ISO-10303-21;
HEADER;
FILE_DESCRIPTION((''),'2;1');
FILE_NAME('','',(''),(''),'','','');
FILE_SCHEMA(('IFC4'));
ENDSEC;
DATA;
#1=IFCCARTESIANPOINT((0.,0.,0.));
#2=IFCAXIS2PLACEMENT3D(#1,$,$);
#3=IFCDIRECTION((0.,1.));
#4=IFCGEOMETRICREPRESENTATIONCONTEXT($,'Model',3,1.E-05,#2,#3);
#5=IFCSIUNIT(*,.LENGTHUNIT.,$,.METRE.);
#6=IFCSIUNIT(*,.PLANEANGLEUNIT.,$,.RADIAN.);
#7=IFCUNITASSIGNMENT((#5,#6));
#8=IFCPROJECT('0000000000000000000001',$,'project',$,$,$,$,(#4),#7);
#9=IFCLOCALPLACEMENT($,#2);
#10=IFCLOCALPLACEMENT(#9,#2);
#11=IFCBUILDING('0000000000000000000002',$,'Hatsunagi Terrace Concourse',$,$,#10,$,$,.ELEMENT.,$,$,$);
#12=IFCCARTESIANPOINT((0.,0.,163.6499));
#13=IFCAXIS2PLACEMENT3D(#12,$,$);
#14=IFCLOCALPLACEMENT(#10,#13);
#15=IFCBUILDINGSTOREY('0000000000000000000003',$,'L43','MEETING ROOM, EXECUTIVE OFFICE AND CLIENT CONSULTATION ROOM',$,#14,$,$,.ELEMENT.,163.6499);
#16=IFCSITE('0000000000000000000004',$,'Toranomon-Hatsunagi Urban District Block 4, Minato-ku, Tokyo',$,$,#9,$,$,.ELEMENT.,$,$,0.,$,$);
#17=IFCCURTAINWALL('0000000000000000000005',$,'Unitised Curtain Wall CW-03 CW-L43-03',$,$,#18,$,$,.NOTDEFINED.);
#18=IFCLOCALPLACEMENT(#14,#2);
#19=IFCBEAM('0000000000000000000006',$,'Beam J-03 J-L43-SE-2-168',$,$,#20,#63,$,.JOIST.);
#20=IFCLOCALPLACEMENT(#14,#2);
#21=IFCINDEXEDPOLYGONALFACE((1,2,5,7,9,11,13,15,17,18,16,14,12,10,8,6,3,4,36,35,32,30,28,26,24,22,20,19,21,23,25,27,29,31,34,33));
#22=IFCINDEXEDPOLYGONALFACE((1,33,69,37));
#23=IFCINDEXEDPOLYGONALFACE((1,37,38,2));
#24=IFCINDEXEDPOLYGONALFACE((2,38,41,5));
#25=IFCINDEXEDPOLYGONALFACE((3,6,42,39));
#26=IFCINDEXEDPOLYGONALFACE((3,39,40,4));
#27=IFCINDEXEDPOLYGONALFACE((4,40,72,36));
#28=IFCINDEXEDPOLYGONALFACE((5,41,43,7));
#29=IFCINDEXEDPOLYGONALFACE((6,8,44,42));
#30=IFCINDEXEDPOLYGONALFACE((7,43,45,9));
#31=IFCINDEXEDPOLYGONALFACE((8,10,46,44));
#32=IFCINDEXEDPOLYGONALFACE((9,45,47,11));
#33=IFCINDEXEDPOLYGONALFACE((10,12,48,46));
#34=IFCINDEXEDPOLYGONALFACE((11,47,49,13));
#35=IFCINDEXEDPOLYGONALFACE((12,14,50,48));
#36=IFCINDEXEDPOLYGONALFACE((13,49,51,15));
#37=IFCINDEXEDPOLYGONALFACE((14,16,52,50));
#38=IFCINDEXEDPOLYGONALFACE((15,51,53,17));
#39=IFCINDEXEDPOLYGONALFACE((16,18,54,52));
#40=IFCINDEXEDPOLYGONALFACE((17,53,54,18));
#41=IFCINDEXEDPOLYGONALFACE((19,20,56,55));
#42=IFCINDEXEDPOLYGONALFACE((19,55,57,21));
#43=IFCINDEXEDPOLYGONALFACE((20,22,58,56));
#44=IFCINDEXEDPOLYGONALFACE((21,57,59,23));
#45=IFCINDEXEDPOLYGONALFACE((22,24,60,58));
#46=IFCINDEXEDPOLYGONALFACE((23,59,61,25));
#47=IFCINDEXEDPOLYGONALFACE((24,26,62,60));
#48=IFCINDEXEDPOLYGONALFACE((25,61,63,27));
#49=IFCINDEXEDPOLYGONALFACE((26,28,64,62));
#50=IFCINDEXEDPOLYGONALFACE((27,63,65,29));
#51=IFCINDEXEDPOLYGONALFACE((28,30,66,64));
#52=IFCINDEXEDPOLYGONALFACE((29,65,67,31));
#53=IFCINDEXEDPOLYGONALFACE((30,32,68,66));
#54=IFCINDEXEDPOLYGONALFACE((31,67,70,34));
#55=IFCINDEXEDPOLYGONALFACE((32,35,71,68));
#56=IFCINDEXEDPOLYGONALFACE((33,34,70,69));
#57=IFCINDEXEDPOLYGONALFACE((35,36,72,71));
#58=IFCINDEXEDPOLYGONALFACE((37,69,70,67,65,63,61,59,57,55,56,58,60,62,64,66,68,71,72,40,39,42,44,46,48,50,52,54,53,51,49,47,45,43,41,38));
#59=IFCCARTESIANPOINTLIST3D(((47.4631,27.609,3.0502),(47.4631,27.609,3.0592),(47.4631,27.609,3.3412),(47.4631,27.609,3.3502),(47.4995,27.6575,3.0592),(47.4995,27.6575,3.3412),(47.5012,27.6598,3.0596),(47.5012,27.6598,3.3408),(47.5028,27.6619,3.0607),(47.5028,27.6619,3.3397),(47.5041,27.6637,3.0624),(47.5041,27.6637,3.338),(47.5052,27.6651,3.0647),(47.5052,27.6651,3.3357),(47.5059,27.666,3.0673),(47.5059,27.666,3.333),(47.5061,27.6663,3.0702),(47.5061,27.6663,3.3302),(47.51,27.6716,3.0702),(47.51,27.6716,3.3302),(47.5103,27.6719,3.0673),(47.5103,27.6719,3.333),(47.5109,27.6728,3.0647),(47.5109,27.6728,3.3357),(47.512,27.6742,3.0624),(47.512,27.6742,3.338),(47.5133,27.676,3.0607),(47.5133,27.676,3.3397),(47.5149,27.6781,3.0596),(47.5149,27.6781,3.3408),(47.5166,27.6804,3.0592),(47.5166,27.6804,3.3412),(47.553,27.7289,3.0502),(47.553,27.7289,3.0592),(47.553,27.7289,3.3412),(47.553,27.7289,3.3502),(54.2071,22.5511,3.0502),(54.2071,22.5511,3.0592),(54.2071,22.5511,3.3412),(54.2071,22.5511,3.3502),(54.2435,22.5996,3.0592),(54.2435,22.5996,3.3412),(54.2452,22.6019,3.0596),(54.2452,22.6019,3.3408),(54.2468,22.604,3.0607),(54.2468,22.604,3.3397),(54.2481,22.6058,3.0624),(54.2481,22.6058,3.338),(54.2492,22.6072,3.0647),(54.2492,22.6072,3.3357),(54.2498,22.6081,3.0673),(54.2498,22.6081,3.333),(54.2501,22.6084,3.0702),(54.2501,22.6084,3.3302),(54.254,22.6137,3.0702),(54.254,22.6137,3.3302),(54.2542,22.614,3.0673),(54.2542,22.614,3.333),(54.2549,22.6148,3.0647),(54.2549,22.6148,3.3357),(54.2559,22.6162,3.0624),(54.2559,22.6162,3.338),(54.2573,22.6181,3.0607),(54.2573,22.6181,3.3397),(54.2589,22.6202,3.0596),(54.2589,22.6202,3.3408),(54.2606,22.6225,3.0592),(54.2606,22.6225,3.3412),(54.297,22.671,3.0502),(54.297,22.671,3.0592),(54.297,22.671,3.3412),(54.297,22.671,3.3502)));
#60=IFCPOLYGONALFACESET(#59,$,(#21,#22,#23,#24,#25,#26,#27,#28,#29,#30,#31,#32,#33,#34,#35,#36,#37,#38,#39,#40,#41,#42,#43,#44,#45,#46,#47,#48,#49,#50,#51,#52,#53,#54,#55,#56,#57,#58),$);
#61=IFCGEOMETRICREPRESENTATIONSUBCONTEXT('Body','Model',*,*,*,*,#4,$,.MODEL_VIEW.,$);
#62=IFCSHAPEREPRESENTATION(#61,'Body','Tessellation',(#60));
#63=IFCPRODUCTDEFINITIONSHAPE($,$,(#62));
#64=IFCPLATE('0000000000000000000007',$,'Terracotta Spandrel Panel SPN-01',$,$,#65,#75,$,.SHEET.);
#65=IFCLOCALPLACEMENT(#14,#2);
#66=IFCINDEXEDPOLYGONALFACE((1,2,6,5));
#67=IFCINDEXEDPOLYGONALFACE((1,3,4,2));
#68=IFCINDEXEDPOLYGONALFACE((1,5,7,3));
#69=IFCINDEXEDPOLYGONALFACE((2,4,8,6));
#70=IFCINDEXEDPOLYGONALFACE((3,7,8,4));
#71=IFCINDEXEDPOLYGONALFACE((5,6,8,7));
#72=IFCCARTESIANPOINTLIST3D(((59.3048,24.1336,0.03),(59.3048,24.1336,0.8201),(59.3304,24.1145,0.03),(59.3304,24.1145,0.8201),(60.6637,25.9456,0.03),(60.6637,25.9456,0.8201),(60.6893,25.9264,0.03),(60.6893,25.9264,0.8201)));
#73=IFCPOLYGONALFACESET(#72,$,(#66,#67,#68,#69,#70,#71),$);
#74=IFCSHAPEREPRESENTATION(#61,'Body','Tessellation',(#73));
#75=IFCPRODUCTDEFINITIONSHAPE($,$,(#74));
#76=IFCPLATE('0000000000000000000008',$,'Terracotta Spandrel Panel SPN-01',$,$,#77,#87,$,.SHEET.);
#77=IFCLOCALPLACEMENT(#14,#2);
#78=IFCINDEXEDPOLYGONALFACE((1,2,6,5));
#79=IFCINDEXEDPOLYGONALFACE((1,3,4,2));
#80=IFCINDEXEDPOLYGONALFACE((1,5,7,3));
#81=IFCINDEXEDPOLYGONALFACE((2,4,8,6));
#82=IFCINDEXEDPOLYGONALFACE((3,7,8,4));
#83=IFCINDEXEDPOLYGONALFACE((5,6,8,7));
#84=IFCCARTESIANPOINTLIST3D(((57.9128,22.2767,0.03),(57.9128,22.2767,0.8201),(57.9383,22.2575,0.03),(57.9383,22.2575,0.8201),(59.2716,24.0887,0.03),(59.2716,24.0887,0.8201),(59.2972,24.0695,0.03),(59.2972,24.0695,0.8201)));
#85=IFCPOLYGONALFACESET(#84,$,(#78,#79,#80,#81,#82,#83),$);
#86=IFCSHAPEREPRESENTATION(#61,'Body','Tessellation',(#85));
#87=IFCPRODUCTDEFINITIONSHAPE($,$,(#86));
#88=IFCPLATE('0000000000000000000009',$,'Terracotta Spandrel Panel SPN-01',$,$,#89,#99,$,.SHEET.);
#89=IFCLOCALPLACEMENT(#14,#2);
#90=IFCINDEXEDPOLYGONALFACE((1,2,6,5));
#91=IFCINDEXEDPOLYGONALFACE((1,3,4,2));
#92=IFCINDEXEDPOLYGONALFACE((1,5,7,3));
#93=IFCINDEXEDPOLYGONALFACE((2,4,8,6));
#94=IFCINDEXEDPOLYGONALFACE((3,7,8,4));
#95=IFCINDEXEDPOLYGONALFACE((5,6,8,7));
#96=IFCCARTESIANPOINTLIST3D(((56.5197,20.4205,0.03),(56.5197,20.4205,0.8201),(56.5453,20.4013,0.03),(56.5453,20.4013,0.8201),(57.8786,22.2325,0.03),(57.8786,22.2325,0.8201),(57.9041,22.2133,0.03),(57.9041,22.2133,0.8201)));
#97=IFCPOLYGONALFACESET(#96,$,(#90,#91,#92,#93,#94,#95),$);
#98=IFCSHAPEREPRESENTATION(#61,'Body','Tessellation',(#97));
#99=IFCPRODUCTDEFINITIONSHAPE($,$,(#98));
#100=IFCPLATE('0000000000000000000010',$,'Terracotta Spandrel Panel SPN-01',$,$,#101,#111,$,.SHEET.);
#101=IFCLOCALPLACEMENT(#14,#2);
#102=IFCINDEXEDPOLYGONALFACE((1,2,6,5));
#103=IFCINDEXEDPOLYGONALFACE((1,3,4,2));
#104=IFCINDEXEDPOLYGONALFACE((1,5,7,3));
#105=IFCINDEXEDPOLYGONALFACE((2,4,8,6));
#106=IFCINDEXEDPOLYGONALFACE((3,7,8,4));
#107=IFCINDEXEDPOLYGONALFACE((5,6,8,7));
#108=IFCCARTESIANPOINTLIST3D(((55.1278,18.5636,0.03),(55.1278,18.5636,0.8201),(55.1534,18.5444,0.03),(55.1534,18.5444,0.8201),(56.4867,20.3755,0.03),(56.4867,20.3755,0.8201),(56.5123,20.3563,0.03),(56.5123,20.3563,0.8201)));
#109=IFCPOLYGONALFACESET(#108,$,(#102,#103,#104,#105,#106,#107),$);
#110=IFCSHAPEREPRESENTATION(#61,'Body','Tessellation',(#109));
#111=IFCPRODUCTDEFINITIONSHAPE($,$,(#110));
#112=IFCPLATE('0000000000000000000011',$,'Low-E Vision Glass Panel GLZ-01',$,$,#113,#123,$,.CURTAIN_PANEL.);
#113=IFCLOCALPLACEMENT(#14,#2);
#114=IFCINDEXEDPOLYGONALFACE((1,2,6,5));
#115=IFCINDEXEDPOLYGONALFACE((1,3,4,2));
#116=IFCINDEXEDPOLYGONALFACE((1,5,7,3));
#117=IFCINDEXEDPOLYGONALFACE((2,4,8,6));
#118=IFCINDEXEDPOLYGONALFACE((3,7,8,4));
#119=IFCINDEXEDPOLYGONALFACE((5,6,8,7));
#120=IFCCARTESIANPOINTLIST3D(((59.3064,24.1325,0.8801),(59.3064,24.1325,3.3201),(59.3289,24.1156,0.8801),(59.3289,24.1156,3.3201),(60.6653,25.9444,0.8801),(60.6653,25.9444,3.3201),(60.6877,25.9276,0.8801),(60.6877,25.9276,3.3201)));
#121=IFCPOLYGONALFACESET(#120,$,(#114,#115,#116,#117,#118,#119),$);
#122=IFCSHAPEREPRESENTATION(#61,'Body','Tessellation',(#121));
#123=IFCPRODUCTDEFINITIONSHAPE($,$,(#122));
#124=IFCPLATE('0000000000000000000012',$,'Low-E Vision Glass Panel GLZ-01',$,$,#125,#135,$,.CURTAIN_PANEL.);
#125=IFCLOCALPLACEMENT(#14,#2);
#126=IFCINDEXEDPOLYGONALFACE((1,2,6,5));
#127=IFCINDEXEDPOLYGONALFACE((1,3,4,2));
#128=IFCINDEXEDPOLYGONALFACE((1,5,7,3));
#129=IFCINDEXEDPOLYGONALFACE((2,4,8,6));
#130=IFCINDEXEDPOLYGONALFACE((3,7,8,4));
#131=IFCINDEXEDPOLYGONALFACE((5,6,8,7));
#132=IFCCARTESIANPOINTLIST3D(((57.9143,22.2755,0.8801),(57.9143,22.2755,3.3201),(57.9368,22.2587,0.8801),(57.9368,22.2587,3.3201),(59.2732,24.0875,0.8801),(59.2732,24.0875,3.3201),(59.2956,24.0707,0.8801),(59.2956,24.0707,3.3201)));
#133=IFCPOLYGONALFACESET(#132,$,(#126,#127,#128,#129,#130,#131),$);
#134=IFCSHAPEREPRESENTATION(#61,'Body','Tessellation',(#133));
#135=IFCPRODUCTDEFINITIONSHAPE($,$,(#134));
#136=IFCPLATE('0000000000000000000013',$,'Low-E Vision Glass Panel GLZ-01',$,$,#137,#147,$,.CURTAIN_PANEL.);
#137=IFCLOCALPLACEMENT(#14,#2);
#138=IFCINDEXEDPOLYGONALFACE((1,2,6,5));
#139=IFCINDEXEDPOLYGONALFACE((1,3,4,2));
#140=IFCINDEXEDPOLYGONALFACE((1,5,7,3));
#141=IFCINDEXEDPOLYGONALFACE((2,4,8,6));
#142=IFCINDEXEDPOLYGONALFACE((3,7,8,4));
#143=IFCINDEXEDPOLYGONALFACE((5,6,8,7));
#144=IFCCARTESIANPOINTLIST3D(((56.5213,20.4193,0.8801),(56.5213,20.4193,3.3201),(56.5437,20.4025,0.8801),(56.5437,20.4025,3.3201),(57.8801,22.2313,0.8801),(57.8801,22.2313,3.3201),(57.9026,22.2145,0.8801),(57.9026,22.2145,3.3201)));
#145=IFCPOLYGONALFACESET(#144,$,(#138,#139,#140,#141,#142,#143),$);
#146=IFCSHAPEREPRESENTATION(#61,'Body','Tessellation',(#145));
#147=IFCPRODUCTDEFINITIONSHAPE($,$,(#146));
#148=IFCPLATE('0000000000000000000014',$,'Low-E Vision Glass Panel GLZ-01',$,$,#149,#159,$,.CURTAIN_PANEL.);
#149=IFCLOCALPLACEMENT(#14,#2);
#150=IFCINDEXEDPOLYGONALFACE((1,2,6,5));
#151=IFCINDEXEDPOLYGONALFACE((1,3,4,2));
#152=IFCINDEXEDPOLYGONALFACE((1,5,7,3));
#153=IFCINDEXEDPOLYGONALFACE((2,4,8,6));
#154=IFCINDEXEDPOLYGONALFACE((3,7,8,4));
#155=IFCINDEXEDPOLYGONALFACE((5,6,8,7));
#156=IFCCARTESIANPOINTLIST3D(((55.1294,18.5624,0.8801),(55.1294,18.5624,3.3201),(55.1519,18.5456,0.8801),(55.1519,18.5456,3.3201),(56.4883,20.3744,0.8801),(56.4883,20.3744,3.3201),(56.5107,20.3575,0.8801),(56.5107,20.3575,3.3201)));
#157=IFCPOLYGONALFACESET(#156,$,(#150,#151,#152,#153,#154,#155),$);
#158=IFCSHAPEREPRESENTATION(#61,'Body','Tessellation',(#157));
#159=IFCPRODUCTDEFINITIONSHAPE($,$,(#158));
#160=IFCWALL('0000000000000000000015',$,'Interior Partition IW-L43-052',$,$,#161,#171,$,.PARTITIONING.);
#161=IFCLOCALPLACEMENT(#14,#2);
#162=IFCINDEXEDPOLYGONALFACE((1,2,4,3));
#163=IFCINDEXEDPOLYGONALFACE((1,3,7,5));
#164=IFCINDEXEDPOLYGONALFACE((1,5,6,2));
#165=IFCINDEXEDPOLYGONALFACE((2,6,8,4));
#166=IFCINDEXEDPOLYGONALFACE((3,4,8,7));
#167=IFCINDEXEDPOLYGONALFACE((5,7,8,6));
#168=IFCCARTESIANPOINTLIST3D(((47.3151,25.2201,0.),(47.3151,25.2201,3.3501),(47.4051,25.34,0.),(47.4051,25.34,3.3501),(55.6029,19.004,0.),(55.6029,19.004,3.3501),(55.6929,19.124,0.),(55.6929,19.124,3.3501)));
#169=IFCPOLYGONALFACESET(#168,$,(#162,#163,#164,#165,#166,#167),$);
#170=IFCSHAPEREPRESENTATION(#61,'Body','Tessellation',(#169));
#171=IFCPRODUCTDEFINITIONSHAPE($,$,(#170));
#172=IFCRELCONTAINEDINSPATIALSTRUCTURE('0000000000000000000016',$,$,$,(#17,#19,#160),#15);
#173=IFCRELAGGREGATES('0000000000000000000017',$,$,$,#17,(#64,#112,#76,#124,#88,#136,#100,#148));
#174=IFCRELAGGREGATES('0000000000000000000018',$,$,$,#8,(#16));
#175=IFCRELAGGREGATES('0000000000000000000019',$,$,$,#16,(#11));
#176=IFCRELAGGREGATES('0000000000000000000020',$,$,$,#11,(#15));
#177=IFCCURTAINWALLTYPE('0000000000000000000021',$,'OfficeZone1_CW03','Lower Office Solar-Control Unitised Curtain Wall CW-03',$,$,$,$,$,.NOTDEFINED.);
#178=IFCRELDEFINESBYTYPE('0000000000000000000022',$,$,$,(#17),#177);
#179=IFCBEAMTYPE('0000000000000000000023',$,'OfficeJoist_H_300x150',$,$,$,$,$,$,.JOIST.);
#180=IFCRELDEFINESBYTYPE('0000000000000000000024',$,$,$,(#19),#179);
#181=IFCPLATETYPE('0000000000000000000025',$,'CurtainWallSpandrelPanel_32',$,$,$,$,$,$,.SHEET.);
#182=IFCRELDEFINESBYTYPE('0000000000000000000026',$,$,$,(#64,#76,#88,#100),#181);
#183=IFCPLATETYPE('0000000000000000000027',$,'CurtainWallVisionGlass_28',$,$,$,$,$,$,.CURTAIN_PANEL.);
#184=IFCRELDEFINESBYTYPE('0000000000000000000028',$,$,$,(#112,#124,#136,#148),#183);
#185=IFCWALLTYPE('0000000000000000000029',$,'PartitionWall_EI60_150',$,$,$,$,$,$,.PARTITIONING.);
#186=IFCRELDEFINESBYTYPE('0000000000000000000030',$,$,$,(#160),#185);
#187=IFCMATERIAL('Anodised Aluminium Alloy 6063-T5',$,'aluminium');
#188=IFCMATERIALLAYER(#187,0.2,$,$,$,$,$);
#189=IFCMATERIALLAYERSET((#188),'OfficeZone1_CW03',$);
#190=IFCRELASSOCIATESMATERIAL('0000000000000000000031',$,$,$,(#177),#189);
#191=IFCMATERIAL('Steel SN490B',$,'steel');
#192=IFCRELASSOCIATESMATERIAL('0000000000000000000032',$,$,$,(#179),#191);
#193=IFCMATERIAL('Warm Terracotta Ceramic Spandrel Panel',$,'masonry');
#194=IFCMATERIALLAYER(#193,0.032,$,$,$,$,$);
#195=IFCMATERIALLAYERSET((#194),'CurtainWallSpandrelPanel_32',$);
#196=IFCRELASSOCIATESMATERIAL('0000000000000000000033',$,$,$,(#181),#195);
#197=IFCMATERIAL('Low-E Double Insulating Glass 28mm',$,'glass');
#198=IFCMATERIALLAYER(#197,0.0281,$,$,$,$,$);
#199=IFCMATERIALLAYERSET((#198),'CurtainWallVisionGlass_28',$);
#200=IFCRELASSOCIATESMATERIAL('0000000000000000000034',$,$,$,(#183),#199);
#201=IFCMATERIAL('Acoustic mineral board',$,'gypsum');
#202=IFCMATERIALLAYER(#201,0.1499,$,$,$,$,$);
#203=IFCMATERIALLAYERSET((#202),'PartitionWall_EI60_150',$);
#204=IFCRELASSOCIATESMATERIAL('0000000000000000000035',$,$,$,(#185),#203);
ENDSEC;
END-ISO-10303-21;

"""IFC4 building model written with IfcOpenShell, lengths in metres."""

from ifc_helpers import new_model, si_unit, direction, frame, frame_2d, origin, origin_2d, place, context, subcontext, project, spatial, rectangle, i_section, extrude, material, layer, layer_set, material_profile, profile_set, type_object, element, aggregate, save


model = new_model("IFC4")

# Units and contexts
model_context = context("Model", 3, precision=1e-05, world=origin(), true_north=direction((0.0, 1.0)))
body_context = subcontext(model_context, "Body", "Model", "MODEL_VIEW")
ifc_project = project(units=[si_unit("LENGTHUNIT", "METRE"), si_unit("PLANEANGLEUNIT", "RADIAN")], contexts=[model_context])

# Site, building, storey
site_placement = place(None, origin())
site = spatial("IfcSite", under=ifc_project, at=site_placement, Name="Toranomon-Hatsunagi Urban District Block 4, Minato-ku, Tokyo", CompositionType="ELEMENT", RefElevation=0.0)
building_placement = place(site_placement, origin())
building = spatial("IfcBuilding", under=site, at=building_placement, Name="Hatsunagi Terrace Concourse", CompositionType="ELEMENT")
storey_placement = place(building_placement, frame((0.0, 0.0, 163.6499)))
storey = spatial("IfcBuildingStorey", under=building, at=storey_placement, Name="L43", Description="MEETING ROOM, EXECUTIVE OFFICE AND CLIENT CONSULTATION ROOM", CompositionType="ELEMENT", Elevation=163.6499)

# Curtain wall
ifc_material_1 = material(Name="Anodised Aluminium Alloy 6063-T5", Category="aluminium")
ifc_layer_1 = layer(ifc_material_1, 0.2)
ifc_layer_set_1 = layer_set([ifc_layer_1], Name="OfficeZone1_CW03")
curtain_wall_type = type_object("IfcCurtainWallType", Name="OfficeZone1_CW03", Description="Lower Office Solar-Control Unitised Curtain Wall CW-03", PredefinedType="NOTDEFINED", material=ifc_layer_set_1)
curtain_wall_placement = place(storey_placement, origin())
curtain_wall = element("IfcCurtainWall", 1, at=curtain_wall_placement, inside=storey, type_object=curtain_wall_type, Name="Unitised Curtain Wall CW-03 CW-L43-03", PredefinedType="NOTDEFINED")

# Beam
ifc_material_2 = material(Name="Steel SN490B", Category="steel")
ifc_material_profile_1 = material_profile(ifc_material_2, i_section(OverallWidth=0.1499, OverallDepth=0.3, WebThickness=0.0066, FlangeThickness=0.009, FilletRadius=0.011, at=origin_2d()), Name="H-300x150x6.5x9")
ifc_profile_set_1 = profile_set([ifc_material_profile_1], Name="Steel SN490B")
beam_type = type_object("IfcBeamType", Name="OfficeJoist_H_300x150", PredefinedType="JOIST", material=ifc_profile_set_1)
beam_placement = place(storey_placement, frame((47.5081, 27.6689, 3.2002), z_axis=(0.800003, -0.599995, 0.0), x_axis=(0.599995, 0.800003, 0.0)))
element("IfcBeam", 2, at=beam_placement, inside=storey, type_object=beam_type, Name="Beam J-03 J-L43-SE-2-168", PredefinedType="JOIST", context=body_context, shape_type="SweptSolid", body=[
    extrude(i_section(OverallWidth=0.1499, OverallDepth=0.3, WebThickness=0.0066, FlangeThickness=0.009, FilletRadius=0.011, at=origin_2d()), origin(), (0.0, 0.0, 1.0), 8.4299),
])

# Plates
ifc_material_3 = material(Name="Warm Terracotta Ceramic Spandrel Panel", Category="masonry")
ifc_layer_2 = layer(ifc_material_3, 0.032)
ifc_layer_set_2 = layer_set([ifc_layer_2], Name="CurtainWallSpandrelPanel_32")
plate_type_1 = type_object("IfcPlateType", Name="CurtainWallSpandrelPanel_32", PredefinedType="SHEET", material=ifc_layer_set_2)
plate_1_placement = place(storey_placement, frame((59.9971, 25.03, 0.03), z_axis=(0.0, 0.0, 1.0), x_axis=(-0.599969, -0.800023, 0.0)))
plate_1 = element("IfcPlate", 3, at=plate_1_placement, type_object=plate_type_1, Name="Terracotta Spandrel Panel SPN-01", PredefinedType="SHEET", context=body_context, shape_type="SweptSolid", body=[
    extrude(rectangle(XDim=2.2649, YDim=0.032, at=origin_2d()), origin(), (0.0, 0.0, 1.0), 0.79),
])
plate_2_placement = place(storey_placement, frame((58.605, 23.1731, 0.03), z_axis=(0.0, 0.0, 1.0), x_axis=(-0.599969, -0.800023, 0.0)))
plate_2 = element("IfcPlate", 4, at=plate_2_placement, type_object=plate_type_1, Name="Terracotta Spandrel Panel SPN-01", PredefinedType="SHEET", context=body_context, shape_type="SweptSolid", body=[
    extrude(rectangle(XDim=2.2649, YDim=0.032, at=origin_2d()), origin(), (0.0, 0.0, 1.0), 0.79),
])
plate_3_placement = place(storey_placement, frame((57.2119, 21.3169, 0.03), z_axis=(0.0, 0.0, 1.0), x_axis=(-0.599969, -0.800023, 0.0)))
plate_3 = element("IfcPlate", 5, at=plate_3_placement, type_object=plate_type_1, Name="Terracotta Spandrel Panel SPN-01", PredefinedType="SHEET", context=body_context, shape_type="SweptSolid", body=[
    extrude(rectangle(XDim=2.2649, YDim=0.032, at=origin_2d()), origin(), (0.0, 0.0, 1.0), 0.79),
])
plate_4_placement = place(storey_placement, frame((55.8201, 19.46, 0.03), z_axis=(0.0, 0.0, 1.0), x_axis=(-0.599969, -0.800023, 0.0)))
plate_4 = element("IfcPlate", 6, at=plate_4_placement, type_object=plate_type_1, Name="Terracotta Spandrel Panel SPN-01", PredefinedType="SHEET", context=body_context, shape_type="SweptSolid", body=[
    extrude(rectangle(XDim=2.2649, YDim=0.032, at=origin_2d()), origin(), (0.0, 0.0, 1.0), 0.79),
])
ifc_material_4 = material(Name="Low-E Double Insulating Glass 28mm", Category="glass")
ifc_layer_3 = layer(ifc_material_4, 0.0281)
ifc_layer_set_3 = layer_set([ifc_layer_3], Name="CurtainWallVisionGlass_28")
plate_type_2 = type_object("IfcPlateType", Name="CurtainWallVisionGlass_28", PredefinedType="CURTAIN_PANEL", material=ifc_layer_set_3)
plate_5_placement = place(storey_placement, frame((59.9971, 25.03, 0.8801), z_axis=(0.0, 0.0, 1.0), x_axis=(-0.599969, -0.800023, 0.0)))
plate_5 = element("IfcPlate", 7, at=plate_5_placement, type_object=plate_type_2, Name="Low-E Vision Glass Panel GLZ-01", PredefinedType="CURTAIN_PANEL", context=body_context, shape_type="SweptSolid", body=[
    extrude(rectangle(XDim=2.2649, YDim=0.0281, at=origin_2d()), origin(), (0.0, 0.0, 1.0), 2.4399),
])
plate_6_placement = place(storey_placement, frame((58.605, 23.1731, 0.8801), z_axis=(0.0, 0.0, 1.0), x_axis=(-0.599969, -0.800023, 0.0)))
plate_6 = element("IfcPlate", 8, at=plate_6_placement, type_object=plate_type_2, Name="Low-E Vision Glass Panel GLZ-01", PredefinedType="CURTAIN_PANEL", context=body_context, shape_type="SweptSolid", body=[
    extrude(rectangle(XDim=2.2649, YDim=0.0281, at=origin_2d()), origin(), (0.0, 0.0, 1.0), 2.4399),
])
plate_7_placement = place(storey_placement, frame((57.2119, 21.3169, 0.8801), z_axis=(0.0, 0.0, 1.0), x_axis=(-0.599969, -0.800023, 0.0)))
plate_7 = element("IfcPlate", 9, at=plate_7_placement, type_object=plate_type_2, Name="Low-E Vision Glass Panel GLZ-01", PredefinedType="CURTAIN_PANEL", context=body_context, shape_type="SweptSolid", body=[
    extrude(rectangle(XDim=2.2649, YDim=0.0281, at=origin_2d()), origin(), (0.0, 0.0, 1.0), 2.4399),
])
plate_8_placement = place(storey_placement, frame((55.8201, 19.46, 0.8801), z_axis=(0.0, 0.0, 1.0), x_axis=(-0.599969, -0.800023, 0.0)))
plate_8 = element("IfcPlate", 10, at=plate_8_placement, type_object=plate_type_2, Name="Low-E Vision Glass Panel GLZ-01", PredefinedType="CURTAIN_PANEL", context=body_context, shape_type="SweptSolid", body=[
    extrude(rectangle(XDim=2.2649, YDim=0.0281, at=origin_2d()), origin(), (0.0, 0.0, 1.0), 2.4399),
])
aggregate(curtain_wall, [plate_1, plate_5, plate_2, plate_6, plate_3, plate_7, plate_4, plate_8])

# Wall
ifc_material_5 = material(Name="Acoustic mineral board", Category="gypsum")
ifc_layer_4 = layer(ifc_material_5, 0.1499)
ifc_layer_set_4 = layer_set([ifc_layer_4], Name="PartitionWall_EI60_150")
wall_type = type_object("IfcWallType", Name="PartitionWall_EI60_150", PredefinedType="PARTITIONING", material=ifc_layer_set_4)
wall_1_placement = place(storey_placement, frame((47.3601, 25.28, 0.0), z_axis=(0.0, 0.0, 1.0), x_axis=(0.799992, -0.600011, 0.0)))
element("IfcWall", 11, at=wall_1_placement, inside=storey, type_object=wall_type, Name="Interior Partition IW-L43-052", PredefinedType="PARTITIONING", context=body_context, shape_type="SweptSolid", body=[
    extrude(rectangle(XDim=10.3599, YDim=0.1499, at=frame_2d((5.1799, 0.0))), origin(), (0.0, 0.0, 1.0), 3.3501),
])

save(model, "model.ifc")
